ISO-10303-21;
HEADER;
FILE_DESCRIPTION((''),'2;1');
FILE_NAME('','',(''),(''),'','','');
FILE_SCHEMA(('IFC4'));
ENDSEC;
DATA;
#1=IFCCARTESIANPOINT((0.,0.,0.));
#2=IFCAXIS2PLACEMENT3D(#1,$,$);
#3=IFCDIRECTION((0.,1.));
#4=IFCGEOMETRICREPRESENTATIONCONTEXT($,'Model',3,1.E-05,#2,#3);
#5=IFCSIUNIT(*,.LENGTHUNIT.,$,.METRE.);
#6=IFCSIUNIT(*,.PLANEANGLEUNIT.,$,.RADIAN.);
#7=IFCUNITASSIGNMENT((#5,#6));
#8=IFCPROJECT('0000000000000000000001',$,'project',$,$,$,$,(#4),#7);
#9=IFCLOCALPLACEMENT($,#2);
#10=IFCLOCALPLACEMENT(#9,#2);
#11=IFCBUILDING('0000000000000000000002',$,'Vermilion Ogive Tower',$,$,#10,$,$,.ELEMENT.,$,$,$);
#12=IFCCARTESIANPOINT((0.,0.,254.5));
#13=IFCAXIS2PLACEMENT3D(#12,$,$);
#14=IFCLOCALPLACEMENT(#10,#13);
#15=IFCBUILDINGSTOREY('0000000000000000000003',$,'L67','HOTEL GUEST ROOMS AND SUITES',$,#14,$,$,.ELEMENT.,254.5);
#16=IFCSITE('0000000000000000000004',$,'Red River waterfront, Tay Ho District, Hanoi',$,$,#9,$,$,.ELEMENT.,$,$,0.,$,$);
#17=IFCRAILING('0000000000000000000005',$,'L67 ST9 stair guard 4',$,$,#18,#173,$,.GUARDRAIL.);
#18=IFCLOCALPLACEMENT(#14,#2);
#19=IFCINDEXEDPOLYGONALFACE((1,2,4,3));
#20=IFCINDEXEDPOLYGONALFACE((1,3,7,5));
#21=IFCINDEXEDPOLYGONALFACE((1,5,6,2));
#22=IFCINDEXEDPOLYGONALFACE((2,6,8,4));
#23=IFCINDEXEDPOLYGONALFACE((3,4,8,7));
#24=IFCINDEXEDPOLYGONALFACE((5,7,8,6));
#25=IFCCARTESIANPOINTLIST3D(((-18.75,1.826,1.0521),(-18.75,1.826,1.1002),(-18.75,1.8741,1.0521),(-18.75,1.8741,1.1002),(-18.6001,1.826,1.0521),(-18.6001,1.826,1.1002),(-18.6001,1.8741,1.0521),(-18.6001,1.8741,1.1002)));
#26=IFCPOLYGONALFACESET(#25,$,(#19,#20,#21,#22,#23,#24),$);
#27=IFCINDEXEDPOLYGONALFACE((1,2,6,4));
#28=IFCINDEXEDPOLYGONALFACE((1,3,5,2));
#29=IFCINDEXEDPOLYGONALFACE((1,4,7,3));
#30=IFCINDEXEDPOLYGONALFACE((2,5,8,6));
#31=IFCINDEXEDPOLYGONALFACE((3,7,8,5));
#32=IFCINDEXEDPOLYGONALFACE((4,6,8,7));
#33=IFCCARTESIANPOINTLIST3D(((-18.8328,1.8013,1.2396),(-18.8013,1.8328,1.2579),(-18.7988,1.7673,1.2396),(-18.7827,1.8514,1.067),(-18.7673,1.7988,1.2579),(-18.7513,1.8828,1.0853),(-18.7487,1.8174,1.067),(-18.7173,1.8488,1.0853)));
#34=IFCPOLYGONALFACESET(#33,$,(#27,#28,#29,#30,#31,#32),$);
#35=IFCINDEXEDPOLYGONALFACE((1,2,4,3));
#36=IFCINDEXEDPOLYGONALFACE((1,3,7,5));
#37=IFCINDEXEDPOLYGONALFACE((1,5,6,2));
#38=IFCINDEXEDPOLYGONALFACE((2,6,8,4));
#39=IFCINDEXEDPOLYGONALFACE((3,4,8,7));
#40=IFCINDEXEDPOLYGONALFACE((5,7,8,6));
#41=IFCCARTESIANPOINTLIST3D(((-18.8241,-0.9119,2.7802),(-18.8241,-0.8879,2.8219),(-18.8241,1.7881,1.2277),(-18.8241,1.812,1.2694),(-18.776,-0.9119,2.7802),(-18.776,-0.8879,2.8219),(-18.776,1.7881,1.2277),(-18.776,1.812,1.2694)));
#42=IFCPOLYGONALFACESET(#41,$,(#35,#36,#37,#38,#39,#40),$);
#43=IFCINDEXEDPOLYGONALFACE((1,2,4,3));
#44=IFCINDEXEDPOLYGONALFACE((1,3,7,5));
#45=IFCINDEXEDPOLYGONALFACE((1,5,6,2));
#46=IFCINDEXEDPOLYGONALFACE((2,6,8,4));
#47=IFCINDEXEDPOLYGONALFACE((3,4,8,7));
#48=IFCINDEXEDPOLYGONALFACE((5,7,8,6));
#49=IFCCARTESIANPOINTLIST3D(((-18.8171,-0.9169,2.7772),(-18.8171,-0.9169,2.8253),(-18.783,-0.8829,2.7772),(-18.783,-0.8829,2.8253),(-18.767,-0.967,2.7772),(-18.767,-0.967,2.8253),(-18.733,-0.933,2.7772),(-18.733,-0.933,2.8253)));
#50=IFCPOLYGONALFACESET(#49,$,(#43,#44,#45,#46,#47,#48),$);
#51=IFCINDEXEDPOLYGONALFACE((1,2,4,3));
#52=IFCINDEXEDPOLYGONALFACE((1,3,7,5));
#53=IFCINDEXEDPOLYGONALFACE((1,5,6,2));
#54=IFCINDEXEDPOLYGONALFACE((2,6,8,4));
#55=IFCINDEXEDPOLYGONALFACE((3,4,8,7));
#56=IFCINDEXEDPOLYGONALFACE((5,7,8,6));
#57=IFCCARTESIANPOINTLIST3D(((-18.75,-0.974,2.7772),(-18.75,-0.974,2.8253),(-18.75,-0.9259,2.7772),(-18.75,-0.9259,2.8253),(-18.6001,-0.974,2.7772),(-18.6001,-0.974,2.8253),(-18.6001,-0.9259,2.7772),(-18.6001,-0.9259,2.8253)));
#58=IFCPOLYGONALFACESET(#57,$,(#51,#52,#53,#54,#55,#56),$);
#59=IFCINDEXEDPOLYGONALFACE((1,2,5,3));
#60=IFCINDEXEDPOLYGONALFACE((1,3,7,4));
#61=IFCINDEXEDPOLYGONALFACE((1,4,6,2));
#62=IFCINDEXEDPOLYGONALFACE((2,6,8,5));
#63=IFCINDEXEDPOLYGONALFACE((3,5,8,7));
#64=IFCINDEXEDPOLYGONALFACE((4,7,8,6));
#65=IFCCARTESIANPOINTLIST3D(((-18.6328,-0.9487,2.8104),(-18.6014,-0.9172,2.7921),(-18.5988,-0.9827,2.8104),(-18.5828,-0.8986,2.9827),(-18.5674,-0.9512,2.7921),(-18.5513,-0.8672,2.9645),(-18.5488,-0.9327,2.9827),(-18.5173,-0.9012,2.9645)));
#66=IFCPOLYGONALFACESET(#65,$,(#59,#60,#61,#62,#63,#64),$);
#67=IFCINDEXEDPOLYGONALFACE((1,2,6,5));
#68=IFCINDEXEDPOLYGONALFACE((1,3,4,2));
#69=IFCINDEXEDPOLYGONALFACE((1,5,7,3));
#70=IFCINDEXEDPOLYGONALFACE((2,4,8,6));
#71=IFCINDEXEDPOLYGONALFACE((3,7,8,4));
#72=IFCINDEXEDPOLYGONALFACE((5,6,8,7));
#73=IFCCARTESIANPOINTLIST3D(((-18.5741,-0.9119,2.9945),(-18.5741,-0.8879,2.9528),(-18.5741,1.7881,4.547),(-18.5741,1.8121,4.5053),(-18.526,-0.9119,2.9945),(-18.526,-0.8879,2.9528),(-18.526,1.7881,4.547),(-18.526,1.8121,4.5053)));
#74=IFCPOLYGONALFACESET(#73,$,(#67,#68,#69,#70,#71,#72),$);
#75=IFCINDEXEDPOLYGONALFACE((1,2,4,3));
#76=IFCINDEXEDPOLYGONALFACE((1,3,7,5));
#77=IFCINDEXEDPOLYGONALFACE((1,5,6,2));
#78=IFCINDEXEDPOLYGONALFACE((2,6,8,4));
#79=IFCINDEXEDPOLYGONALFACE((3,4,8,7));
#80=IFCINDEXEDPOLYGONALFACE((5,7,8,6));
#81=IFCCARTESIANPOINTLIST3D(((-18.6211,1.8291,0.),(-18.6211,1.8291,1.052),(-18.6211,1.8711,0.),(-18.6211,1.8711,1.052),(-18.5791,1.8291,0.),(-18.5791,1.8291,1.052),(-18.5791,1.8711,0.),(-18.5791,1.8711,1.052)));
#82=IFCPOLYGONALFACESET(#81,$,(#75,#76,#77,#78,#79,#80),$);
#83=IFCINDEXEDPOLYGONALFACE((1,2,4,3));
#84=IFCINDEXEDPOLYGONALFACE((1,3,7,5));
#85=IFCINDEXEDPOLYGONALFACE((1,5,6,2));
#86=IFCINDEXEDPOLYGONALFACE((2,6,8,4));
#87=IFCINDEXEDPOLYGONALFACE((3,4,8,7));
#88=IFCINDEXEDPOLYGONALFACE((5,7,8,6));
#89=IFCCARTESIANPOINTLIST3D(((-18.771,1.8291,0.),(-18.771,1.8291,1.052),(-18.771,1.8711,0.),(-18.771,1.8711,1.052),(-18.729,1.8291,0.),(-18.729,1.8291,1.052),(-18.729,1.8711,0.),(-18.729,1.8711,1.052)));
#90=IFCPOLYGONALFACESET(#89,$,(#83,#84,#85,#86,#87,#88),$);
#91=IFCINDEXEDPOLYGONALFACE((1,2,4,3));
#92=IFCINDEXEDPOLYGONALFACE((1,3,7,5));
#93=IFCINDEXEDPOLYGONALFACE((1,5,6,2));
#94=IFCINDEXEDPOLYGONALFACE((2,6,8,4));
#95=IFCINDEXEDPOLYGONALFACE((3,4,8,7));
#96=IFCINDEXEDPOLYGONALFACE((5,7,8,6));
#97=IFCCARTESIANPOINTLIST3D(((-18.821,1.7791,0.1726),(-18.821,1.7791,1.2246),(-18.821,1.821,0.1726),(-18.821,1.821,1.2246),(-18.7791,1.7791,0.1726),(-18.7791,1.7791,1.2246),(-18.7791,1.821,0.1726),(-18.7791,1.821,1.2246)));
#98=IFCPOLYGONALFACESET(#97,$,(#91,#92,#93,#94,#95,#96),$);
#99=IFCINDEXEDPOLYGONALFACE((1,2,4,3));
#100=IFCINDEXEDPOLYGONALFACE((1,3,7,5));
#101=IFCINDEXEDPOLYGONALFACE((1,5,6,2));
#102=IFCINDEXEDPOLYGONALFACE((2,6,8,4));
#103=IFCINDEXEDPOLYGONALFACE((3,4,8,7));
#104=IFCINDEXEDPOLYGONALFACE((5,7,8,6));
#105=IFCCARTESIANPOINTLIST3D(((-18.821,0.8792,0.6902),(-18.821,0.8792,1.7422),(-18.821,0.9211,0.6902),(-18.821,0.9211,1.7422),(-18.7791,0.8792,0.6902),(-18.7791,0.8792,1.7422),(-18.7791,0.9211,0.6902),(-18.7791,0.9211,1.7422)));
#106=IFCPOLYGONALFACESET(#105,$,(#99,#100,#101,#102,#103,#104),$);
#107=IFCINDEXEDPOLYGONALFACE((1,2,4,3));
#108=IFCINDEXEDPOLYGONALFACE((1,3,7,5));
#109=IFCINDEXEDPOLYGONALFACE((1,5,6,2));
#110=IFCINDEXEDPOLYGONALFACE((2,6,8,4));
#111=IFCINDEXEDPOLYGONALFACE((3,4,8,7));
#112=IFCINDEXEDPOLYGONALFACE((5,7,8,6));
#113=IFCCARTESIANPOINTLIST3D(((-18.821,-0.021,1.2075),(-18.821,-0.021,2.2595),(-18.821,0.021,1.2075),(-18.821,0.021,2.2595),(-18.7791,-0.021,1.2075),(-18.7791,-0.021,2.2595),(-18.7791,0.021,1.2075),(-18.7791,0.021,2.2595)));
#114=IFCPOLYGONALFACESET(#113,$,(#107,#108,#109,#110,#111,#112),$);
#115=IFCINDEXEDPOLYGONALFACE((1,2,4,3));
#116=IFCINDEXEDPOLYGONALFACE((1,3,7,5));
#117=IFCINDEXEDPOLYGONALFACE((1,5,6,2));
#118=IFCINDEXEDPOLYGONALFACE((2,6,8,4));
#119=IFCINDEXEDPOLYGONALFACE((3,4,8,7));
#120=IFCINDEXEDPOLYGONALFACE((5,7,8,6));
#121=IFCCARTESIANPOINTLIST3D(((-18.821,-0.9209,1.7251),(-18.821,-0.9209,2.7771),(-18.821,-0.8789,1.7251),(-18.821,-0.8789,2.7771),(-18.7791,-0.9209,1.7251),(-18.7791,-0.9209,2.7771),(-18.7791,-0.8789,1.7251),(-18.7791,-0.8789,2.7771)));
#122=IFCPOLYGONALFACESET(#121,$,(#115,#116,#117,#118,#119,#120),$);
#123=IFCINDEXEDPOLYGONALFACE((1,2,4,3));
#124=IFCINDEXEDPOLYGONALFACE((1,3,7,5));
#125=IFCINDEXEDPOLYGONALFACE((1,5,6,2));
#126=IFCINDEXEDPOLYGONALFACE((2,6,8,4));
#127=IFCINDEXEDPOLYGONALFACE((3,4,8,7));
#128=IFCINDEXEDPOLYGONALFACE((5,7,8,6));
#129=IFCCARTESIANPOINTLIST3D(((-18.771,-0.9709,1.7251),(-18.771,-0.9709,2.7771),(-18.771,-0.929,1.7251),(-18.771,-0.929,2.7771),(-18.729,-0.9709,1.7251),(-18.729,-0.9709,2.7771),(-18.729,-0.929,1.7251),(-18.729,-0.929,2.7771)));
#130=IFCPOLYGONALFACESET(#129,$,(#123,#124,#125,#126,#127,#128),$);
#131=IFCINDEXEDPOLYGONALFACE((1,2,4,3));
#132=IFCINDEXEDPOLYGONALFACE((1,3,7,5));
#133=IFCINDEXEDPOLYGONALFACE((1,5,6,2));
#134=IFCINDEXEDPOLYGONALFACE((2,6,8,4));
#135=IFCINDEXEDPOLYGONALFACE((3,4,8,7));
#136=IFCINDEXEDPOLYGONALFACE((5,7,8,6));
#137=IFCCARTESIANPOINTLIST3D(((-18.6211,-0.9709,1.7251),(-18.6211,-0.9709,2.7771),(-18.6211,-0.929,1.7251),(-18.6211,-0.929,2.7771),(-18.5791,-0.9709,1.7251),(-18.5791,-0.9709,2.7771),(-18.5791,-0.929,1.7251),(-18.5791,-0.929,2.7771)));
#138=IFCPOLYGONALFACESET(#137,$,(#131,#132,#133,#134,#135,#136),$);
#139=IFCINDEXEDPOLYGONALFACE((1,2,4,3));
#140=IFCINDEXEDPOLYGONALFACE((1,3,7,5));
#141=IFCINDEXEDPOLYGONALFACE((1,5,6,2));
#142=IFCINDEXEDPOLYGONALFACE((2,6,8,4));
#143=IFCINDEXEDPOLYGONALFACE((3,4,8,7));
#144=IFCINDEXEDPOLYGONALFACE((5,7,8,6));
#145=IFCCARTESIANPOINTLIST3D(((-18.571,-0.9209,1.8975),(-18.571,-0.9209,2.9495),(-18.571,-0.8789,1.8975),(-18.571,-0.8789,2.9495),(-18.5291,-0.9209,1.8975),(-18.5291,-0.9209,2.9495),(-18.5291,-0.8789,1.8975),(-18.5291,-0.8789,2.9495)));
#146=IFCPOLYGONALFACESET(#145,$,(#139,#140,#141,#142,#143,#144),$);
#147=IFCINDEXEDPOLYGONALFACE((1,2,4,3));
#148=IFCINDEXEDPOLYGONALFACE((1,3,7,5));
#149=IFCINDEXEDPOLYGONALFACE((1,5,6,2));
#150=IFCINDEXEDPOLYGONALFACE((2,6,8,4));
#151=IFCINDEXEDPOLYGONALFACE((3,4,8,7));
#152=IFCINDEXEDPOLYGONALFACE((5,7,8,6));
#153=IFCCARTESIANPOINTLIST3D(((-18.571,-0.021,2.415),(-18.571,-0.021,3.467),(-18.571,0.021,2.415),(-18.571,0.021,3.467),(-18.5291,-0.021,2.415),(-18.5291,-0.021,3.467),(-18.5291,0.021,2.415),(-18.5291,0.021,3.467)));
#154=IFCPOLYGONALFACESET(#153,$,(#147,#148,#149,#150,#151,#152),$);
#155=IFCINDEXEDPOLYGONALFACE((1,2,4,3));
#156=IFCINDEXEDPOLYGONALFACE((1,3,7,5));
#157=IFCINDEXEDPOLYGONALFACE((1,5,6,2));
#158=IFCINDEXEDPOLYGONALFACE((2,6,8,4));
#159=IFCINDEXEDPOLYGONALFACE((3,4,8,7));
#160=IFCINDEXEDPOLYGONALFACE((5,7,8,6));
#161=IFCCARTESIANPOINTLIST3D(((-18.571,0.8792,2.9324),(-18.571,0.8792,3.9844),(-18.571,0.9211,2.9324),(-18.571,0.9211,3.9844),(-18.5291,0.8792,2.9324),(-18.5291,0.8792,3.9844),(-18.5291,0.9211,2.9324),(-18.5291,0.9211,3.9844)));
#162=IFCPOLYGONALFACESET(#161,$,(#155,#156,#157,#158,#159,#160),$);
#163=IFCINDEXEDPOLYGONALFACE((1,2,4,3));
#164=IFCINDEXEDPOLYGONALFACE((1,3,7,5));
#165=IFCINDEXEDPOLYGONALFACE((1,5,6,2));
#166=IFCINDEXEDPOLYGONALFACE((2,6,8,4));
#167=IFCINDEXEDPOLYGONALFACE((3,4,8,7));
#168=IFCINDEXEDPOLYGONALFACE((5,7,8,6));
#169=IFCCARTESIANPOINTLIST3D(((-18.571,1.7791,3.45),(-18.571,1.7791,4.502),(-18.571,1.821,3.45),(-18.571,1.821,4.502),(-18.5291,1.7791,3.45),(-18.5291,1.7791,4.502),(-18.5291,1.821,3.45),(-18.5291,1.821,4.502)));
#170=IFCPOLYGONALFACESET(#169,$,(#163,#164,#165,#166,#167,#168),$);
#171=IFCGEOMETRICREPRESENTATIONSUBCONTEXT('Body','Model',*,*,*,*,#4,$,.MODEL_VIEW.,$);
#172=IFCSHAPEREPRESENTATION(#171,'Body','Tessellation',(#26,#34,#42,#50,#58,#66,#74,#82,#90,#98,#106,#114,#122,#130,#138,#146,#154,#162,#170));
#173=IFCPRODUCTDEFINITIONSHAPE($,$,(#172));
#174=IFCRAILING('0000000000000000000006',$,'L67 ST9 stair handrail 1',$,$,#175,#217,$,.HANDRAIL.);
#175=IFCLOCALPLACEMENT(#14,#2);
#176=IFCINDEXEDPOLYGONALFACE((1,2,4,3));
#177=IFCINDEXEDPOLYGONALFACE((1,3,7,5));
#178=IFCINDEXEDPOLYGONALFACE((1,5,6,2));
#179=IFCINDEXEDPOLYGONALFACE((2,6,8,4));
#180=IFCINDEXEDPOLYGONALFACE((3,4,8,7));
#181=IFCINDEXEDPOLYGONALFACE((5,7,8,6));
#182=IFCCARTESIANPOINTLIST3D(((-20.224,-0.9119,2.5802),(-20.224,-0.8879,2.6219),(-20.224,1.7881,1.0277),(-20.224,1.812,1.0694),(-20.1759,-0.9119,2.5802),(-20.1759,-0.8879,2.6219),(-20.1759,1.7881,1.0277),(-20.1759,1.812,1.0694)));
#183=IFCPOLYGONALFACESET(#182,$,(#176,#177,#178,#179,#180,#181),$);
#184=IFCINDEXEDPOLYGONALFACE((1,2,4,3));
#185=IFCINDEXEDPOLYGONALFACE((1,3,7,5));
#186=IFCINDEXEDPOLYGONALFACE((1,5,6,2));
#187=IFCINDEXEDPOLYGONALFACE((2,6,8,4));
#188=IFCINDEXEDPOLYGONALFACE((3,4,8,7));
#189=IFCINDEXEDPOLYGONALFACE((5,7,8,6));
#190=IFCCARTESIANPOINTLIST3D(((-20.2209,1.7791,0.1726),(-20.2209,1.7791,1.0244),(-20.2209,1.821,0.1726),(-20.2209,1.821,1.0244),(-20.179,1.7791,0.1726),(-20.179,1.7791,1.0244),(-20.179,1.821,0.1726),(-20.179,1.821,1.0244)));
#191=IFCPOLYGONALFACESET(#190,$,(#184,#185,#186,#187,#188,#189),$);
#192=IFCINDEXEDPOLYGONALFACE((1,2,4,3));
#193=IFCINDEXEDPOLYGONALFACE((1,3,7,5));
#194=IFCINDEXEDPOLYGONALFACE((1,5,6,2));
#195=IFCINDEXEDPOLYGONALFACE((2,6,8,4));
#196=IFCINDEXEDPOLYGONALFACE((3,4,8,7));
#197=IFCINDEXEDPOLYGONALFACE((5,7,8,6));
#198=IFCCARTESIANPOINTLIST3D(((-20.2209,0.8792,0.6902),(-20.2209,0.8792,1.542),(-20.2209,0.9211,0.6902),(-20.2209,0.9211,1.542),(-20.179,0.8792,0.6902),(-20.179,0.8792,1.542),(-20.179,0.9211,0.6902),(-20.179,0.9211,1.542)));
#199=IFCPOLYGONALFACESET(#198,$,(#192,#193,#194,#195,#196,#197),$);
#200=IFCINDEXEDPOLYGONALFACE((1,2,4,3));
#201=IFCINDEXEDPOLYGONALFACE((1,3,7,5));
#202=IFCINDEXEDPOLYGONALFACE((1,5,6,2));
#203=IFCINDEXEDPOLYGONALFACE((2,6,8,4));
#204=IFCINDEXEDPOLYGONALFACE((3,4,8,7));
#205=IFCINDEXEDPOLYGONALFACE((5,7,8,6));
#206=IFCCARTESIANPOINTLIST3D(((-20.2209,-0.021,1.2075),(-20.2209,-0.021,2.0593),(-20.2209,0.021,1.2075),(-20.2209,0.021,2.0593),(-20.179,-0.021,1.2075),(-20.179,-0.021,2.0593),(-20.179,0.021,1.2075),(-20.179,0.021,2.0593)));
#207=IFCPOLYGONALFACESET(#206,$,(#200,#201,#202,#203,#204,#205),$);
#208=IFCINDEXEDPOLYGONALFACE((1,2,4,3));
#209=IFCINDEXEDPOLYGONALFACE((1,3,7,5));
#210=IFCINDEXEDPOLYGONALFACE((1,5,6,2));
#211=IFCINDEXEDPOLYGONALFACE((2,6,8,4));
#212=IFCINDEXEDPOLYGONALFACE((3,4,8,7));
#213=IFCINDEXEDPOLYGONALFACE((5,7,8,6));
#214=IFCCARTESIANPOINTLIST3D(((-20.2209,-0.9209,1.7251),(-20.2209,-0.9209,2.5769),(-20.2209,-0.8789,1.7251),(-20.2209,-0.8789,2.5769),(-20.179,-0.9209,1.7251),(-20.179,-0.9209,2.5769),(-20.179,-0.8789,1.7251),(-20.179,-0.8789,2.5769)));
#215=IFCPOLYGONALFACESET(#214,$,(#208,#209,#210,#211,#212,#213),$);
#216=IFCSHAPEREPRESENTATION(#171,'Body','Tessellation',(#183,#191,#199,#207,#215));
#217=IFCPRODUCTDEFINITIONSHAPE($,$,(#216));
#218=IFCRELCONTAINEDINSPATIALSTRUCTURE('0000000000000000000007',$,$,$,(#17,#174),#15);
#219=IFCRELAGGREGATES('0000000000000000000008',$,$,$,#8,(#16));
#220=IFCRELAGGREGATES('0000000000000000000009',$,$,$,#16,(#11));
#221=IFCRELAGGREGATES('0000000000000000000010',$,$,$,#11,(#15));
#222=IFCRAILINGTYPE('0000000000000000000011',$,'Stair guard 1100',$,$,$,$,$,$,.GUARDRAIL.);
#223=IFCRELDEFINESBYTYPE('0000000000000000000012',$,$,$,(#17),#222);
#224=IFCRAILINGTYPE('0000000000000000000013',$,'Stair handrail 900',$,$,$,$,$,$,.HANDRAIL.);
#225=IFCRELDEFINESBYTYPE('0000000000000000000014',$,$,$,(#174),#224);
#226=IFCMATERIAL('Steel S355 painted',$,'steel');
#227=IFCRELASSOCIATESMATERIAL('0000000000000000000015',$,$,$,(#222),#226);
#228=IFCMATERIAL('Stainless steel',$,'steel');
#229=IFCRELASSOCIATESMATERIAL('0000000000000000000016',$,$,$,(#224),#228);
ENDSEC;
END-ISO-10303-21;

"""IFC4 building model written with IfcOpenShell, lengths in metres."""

from ifc_helpers import new_model, si_unit, direction, frame, origin, origin_2d, place, context, subcontext, project, spatial, rectangle, extrude, material, type_object, element, save


model = new_model("IFC4")

# Units and contexts
model_context = context("Model", 3, precision=1e-05, world=origin(), true_north=direction((0.0, 1.0)))
body_context = subcontext(model_context, "Body", "Model", "MODEL_VIEW")
ifc_project = project(units=[si_unit("LENGTHUNIT", "METRE"), si_unit("PLANEANGLEUNIT", "RADIAN")], contexts=[model_context])

# Site, building, storey
site_placement = place(None, origin())
site = spatial("IfcSite", under=ifc_project, at=site_placement, Name="Red River waterfront, Tay Ho District, Hanoi", CompositionType="ELEMENT", RefElevation=0.0)
building_placement = place(site_placement, origin())
building = spatial("IfcBuilding", under=site, at=building_placement, Name="Vermilion Ogive Tower", CompositionType="ELEMENT")
storey_placement = place(building_placement, frame((0.0, 0.0, 254.5)))
storey = spatial("IfcBuildingStorey", under=building, at=storey_placement, Name="L67", Description="HOTEL GUEST ROOMS AND SUITES", CompositionType="ELEMENT", Elevation=254.5)

# Railings
ifc_material_1 = material(Name="Steel S355 painted", Category="steel")
railing_type_1 = type_object("IfcRailingType", Name="Stair guard 1100", PredefinedType="GUARDRAIL", material=ifc_material_1)
railing_1_placement = place(storey_placement, frame((-18.6001, 1.8501, 0.0)))
element("IfcRailing", 1, at=railing_1_placement, inside=storey, type_object=railing_type_1, Name="L67 ST9 stair guard 4", PredefinedType="GUARDRAIL", context=body_context, shape_type="SweptSolid", body=[
    extrude(rectangle(XDim=0.0481, YDim=0.0481, at=origin_2d()), frame((0.0, 0.0, 1.0762), z_axis=(-1.0, 0.0, 0.0), x_axis=(0.0, -1.0, 0.0)), (0.0, 0.0, 1.0), 0.1499),
    extrude(rectangle(XDim=0.0481, YDim=0.0481, at=origin_2d()), frame((-0.1499, 0.0, 1.0762), z_axis=(-0.268278, -0.268278, 0.925232), x_axis=(0.707107, -0.707107, 0.0)), (0.0, 0.0, 1.0), 0.1865),
    extrude(rectangle(XDim=0.0481, YDim=0.0481, at=origin_2d()), frame((-0.2, -0.05, 1.2485), z_axis=(0.0, -0.866904, 0.498476), x_axis=(1.0, 0.0, 0.0)), (0.0, 0.0, 1.0), 3.1145),
    extrude(rectangle(XDim=0.0481, YDim=0.0481, at=origin_2d()), frame((-0.2, -2.75, 2.8013), z_axis=(0.707107, -0.707107, 0.0), x_axis=(0.707107, 0.707107, 0.0)), (0.0, 0.0, 1.0), 0.0708),
    extrude(rectangle(XDim=0.0481, YDim=0.0481, at=origin_2d()), frame((-0.1499, -2.8, 2.8013), z_axis=(1.0, 0.0, 0.0), x_axis=(0.0, 1.0, 0.0)), (0.0, 0.0, 1.0), 0.1499),
    extrude(rectangle(XDim=0.0481, YDim=0.0481, at=origin_2d()), frame((0.0, -2.8, 2.8013), z_axis=(0.268603, 0.268603, 0.925043), x_axis=(-0.707107, 0.707107, 0.0)), (0.0, 0.0, 1.0), 0.1863),
    extrude(rectangle(XDim=0.0481, YDim=0.0481, at=origin_2d()), frame((0.05, -2.75, 2.9736), z_axis=(0.0, 0.866904, 0.498476), x_axis=(-1.0, 0.0, 0.0)), (0.0, 0.0, 1.0), 3.1145),
    extrude(rectangle(XDim=0.042, YDim=0.042, at=origin_2d()), origin(), (0.0, 0.0, 1.0), 1.052),
    extrude(rectangle(XDim=0.042, YDim=0.042, at=origin_2d()), frame((-0.1499, 0.0, 0.0)), (0.0, 0.0, 1.0), 1.052),
    extrude(rectangle(XDim=0.042, YDim=0.042, at=origin_2d()), frame((-0.2, -0.05, 0.1726)), (0.0, 0.0, 1.0), 1.052),
    extrude(rectangle(XDim=0.042, YDim=0.042, at=origin_2d()), frame((-0.2, -0.95, 0.6902)), (0.0, 0.0, 1.0), 1.052),
    extrude(rectangle(XDim=0.042, YDim=0.042, at=origin_2d()), frame((-0.2, -1.8501, 1.2075)), (0.0, 0.0, 1.0), 1.052),
    extrude(rectangle(XDim=0.042, YDim=0.042, at=origin_2d()), frame((-0.2, -2.75, 1.7251)), (0.0, 0.0, 1.0), 1.052),
    extrude(rectangle(XDim=0.042, YDim=0.042, at=origin_2d()), frame((-0.1499, -2.8, 1.7251)), (0.0, 0.0, 1.0), 1.052),
    extrude(rectangle(XDim=0.042, YDim=0.042, at=origin_2d()), frame((0.0, -2.8, 1.7251)), (0.0, 0.0, 1.0), 1.052),
    extrude(rectangle(XDim=0.042, YDim=0.042, at=origin_2d()), frame((0.05, -2.75, 1.8975)), (0.0, 0.0, 1.0), 1.052),
    extrude(rectangle(XDim=0.042, YDim=0.042, at=origin_2d()), frame((0.05, -1.8501, 2.415)), (0.0, 0.0, 1.0), 1.052),
    extrude(rectangle(XDim=0.042, YDim=0.042, at=origin_2d()), frame((0.05, -0.95, 2.9324)), (0.0, 0.0, 1.0), 1.052),
    extrude(rectangle(XDim=0.042, YDim=0.042, at=origin_2d()), frame((0.05, -0.05, 3.45)), (0.0, 0.0, 1.0), 1.052),
])
ifc_material_2 = material(Name="Stainless steel", Category="steel")
railing_type_2 = type_object("IfcRailingType", Name="Stair handrail 900", PredefinedType="HANDRAIL", material=ifc_material_2)
railing_2_placement = place(storey_placement, frame((-20.2, 1.8, 0.1726)))
element("IfcRailing", 2, at=railing_2_placement, inside=storey, type_object=railing_type_2, Name="L67 ST9 stair handrail 1", PredefinedType="HANDRAIL", context=body_context, shape_type="SweptSolid", body=[
    extrude(rectangle(XDim=0.0481, YDim=0.0481, at=origin_2d()), frame((0.0, 0.0, 0.876), z_axis=(0.0, -0.866904, 0.498476), x_axis=(1.0, 0.0, 0.0)), (0.0, 0.0, 1.0), 3.1145),
    extrude(rectangle(XDim=0.042, YDim=0.042, at=origin_2d()), origin(), (0.0, 0.0, 1.0), 0.8518),
    extrude(rectangle(XDim=0.042, YDim=0.042, at=origin_2d()), frame((0.0, -0.8999, 0.5176)), (0.0, 0.0, 1.0), 0.8518),
    extrude(rectangle(XDim=0.042, YDim=0.042, at=origin_2d()), frame((0.0, -1.8, 1.0349)), (0.0, 0.0, 1.0), 0.8518),
    extrude(rectangle(XDim=0.042, YDim=0.042, at=origin_2d()), frame((0.0, -2.7, 1.5525)), (0.0, 0.0, 1.0), 0.8518),
])

save(model, "model.ifc")
